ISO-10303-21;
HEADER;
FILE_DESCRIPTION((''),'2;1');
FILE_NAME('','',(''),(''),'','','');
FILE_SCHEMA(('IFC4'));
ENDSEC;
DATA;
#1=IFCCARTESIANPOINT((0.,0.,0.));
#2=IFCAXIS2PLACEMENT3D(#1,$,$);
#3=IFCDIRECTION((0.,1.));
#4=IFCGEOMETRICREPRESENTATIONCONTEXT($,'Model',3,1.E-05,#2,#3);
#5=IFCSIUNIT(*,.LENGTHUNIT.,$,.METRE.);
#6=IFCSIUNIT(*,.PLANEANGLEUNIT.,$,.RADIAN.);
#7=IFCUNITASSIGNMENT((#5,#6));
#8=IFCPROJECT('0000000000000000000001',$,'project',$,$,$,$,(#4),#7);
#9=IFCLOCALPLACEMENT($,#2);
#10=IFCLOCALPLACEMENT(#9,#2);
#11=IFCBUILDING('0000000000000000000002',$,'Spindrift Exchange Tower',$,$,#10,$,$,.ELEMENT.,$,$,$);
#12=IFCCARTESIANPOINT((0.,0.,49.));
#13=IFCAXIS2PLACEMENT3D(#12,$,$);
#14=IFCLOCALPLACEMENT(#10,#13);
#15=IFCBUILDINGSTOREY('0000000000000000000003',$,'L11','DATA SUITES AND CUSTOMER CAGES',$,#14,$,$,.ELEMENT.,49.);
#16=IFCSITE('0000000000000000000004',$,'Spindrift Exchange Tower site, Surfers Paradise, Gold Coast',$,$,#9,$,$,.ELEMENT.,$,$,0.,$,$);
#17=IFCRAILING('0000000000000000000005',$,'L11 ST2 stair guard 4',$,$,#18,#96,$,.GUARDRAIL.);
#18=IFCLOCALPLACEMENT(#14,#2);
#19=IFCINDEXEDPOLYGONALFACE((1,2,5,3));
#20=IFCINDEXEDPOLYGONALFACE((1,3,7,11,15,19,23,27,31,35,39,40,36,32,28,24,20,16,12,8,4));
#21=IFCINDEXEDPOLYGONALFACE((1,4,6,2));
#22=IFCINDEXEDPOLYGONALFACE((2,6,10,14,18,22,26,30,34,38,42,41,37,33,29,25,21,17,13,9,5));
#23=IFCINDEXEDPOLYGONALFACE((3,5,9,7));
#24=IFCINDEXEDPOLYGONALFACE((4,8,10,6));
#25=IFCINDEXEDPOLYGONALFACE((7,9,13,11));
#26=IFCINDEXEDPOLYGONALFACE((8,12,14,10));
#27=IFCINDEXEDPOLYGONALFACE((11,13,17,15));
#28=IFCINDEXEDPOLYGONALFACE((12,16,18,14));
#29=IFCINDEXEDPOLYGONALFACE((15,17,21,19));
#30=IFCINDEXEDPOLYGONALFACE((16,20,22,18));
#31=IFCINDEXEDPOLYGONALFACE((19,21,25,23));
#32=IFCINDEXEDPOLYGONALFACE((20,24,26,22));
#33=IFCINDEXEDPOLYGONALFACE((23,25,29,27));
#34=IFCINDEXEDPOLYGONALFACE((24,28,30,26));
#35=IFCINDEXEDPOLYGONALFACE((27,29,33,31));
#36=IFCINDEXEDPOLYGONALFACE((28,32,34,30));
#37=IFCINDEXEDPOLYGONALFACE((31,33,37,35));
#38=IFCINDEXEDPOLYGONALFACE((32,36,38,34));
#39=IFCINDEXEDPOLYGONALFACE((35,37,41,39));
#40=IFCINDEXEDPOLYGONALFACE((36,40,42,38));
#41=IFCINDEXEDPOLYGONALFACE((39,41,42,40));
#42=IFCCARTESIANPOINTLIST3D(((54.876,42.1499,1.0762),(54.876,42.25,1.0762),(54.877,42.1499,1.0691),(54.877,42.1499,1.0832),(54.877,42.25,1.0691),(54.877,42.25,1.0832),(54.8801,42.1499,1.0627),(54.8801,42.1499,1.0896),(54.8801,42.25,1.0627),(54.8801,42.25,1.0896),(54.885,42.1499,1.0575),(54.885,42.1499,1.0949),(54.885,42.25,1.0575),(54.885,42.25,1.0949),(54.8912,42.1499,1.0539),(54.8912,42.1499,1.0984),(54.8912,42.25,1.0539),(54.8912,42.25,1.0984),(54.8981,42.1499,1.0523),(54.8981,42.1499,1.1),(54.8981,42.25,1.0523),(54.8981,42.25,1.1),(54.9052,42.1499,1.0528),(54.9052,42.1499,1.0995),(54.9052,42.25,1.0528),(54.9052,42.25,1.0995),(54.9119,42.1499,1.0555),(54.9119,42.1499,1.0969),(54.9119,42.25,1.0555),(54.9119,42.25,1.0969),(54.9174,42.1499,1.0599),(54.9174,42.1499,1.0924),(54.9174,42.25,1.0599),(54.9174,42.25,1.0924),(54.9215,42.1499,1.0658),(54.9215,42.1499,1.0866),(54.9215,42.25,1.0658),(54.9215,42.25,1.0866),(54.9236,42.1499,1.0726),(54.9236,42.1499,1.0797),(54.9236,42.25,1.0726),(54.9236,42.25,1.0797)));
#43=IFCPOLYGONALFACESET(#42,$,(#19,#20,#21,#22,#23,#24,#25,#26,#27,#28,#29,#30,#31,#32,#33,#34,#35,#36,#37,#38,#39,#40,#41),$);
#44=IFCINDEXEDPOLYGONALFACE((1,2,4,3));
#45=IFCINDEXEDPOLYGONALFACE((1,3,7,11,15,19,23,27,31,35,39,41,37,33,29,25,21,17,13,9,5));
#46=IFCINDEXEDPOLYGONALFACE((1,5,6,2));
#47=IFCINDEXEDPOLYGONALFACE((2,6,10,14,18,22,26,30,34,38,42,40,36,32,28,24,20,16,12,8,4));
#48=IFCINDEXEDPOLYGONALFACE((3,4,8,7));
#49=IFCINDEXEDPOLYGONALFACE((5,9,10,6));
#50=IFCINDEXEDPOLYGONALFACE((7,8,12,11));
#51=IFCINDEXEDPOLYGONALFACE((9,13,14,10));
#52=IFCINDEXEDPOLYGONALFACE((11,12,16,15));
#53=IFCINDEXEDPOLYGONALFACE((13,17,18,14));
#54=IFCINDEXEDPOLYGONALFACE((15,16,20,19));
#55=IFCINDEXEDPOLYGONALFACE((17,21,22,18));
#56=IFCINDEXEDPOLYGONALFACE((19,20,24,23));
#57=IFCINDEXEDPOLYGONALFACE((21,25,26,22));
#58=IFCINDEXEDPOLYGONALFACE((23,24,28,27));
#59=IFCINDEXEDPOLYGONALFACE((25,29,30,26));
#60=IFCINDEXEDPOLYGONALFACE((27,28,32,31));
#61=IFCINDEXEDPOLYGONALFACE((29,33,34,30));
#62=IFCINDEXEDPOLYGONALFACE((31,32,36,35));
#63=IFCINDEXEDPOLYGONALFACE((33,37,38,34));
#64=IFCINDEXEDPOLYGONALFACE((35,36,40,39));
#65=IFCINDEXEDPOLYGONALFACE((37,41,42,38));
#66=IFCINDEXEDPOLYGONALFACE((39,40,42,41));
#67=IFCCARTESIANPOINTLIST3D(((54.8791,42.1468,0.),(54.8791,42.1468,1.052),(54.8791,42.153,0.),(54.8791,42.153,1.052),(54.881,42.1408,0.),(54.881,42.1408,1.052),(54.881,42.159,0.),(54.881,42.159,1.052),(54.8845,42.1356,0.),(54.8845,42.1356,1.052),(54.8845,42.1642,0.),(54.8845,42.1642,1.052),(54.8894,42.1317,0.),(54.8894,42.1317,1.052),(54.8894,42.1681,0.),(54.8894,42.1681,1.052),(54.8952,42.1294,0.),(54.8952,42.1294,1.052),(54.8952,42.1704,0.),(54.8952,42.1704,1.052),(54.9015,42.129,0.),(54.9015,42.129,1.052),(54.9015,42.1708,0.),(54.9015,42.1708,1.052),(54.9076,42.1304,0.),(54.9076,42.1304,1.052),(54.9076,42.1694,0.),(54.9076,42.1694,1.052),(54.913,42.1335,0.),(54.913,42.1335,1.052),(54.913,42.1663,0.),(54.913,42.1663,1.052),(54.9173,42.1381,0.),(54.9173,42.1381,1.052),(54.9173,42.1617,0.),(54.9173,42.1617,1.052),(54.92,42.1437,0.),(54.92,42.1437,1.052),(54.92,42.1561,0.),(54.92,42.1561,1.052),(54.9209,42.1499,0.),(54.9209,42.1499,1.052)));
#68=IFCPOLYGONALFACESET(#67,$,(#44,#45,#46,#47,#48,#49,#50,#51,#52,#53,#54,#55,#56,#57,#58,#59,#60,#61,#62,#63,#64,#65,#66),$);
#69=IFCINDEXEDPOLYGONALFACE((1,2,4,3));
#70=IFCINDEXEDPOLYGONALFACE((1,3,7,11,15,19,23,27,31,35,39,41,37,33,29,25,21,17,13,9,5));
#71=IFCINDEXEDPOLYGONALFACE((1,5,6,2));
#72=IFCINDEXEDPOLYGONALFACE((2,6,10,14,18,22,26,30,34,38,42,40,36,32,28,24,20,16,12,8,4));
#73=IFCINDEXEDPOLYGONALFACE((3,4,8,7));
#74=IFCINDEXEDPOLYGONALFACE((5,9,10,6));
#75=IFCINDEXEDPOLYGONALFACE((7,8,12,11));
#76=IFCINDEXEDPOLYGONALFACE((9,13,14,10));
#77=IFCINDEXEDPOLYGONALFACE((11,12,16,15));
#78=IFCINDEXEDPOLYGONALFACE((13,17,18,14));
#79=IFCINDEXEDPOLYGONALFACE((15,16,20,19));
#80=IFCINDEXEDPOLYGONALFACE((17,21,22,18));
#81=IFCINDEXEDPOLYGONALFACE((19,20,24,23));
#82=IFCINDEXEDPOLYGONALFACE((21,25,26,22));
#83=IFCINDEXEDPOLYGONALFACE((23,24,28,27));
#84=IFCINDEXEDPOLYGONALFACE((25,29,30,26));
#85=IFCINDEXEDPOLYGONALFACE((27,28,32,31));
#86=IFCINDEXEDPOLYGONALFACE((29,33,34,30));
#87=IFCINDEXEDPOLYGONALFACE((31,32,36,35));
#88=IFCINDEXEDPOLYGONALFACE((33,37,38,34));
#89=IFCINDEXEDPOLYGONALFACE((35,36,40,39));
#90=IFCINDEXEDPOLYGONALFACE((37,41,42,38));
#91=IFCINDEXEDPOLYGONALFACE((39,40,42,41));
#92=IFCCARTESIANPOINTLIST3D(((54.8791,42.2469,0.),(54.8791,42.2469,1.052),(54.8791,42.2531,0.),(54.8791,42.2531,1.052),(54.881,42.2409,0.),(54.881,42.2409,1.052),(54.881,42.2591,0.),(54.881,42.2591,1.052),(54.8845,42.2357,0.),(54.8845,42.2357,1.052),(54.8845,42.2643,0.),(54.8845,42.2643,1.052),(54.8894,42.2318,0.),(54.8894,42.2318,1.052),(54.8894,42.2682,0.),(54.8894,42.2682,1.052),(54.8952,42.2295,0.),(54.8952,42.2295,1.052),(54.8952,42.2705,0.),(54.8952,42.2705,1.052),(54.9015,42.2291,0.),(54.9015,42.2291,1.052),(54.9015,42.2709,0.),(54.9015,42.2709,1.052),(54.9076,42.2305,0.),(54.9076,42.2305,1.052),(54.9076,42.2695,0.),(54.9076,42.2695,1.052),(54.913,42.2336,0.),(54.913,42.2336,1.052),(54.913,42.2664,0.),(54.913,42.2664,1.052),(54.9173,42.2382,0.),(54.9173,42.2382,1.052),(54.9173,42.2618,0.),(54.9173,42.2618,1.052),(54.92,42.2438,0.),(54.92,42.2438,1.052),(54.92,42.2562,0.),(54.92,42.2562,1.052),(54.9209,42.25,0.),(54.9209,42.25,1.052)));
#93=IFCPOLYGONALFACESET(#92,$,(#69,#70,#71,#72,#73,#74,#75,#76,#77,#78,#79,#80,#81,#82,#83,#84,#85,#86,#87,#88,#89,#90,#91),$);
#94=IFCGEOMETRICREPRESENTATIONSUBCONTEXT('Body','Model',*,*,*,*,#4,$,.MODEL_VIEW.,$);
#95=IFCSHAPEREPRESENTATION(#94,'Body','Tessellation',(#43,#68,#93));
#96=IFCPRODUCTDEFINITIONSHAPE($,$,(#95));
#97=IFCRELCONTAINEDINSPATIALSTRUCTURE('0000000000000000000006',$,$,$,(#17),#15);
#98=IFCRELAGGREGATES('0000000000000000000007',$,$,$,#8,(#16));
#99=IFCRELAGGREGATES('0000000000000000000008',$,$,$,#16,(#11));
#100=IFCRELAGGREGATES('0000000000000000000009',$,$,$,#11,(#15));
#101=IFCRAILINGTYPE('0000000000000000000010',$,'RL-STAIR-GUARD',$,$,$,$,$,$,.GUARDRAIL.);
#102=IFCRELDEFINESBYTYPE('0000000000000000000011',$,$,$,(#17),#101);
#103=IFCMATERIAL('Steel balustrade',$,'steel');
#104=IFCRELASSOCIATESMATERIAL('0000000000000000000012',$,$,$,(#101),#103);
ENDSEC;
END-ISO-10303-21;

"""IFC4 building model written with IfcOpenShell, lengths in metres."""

from ifc_helpers import new_model, si_unit, direction, frame, origin, origin_2d, place, context, subcontext, project, spatial, circle, extrude, material, type_object, element, save


model = new_model("IFC4")

# Units and contexts
model_context = context("Model", 3, precision=1e-05, world=origin(), true_north=direction((0.0, 1.0)))
body_context = subcontext(model_context, "Body", "Model", "MODEL_VIEW")
ifc_project = project(units=[si_unit("LENGTHUNIT", "METRE"), si_unit("PLANEANGLEUNIT", "RADIAN")], contexts=[model_context])

# Site, building, storey
site_placement = place(None, origin())
site = spatial("IfcSite", under=ifc_project, at=site_placement, Name="Spindrift Exchange Tower site, Surfers Paradise, Gold Coast", CompositionType="ELEMENT", RefElevation=0.0)
building_placement = place(site_placement, origin())
building = spatial("IfcBuilding", under=site, at=building_placement, Name="Spindrift Exchange Tower", CompositionType="ELEMENT")
storey_placement = place(building_placement, frame((0.0, 0.0, 49.0)))
storey = spatial("IfcBuildingStorey", under=building, at=storey_placement, Name="L11", Description="DATA SUITES AND CUSTOMER CAGES", CompositionType="ELEMENT", Elevation=49.0)

# Railing
ifc_material_1 = material(Name="Steel balustrade", Category="steel")
railing_type_1 = type_object("IfcRailingType", Name="RL-STAIR-GUARD", PredefinedType="GUARDRAIL", material=ifc_material_1)
railing_1_placement = place(storey_placement, frame((54.8999, 42.1499, 0.0)))
element("IfcRailing", 1, at=railing_1_placement, inside=storey, type_object=railing_type_1, Name="L11 ST2 stair guard 4", PredefinedType="GUARDRAIL", context=body_context, shape_type="SweptSolid", body=[
    extrude(circle(Radius=0.0239, at=origin_2d()), frame((0.0, 0.0, 1.0762), z_axis=(0.0, 1.0, 0.0), x_axis=(-1.0, 0.0, 0.0)), (0.0, 0.0, 1.0), 0.1001),
    extrude(circle(Radius=0.021, at=origin_2d()), origin(), (0.0, 0.0, 1.0), 1.052),
    extrude(circle(Radius=0.021, at=origin_2d()), frame((0.0, 0.1001, 0.0)), (0.0, 0.0, 1.0), 1.052),
])

save(model, "model.ifc")
